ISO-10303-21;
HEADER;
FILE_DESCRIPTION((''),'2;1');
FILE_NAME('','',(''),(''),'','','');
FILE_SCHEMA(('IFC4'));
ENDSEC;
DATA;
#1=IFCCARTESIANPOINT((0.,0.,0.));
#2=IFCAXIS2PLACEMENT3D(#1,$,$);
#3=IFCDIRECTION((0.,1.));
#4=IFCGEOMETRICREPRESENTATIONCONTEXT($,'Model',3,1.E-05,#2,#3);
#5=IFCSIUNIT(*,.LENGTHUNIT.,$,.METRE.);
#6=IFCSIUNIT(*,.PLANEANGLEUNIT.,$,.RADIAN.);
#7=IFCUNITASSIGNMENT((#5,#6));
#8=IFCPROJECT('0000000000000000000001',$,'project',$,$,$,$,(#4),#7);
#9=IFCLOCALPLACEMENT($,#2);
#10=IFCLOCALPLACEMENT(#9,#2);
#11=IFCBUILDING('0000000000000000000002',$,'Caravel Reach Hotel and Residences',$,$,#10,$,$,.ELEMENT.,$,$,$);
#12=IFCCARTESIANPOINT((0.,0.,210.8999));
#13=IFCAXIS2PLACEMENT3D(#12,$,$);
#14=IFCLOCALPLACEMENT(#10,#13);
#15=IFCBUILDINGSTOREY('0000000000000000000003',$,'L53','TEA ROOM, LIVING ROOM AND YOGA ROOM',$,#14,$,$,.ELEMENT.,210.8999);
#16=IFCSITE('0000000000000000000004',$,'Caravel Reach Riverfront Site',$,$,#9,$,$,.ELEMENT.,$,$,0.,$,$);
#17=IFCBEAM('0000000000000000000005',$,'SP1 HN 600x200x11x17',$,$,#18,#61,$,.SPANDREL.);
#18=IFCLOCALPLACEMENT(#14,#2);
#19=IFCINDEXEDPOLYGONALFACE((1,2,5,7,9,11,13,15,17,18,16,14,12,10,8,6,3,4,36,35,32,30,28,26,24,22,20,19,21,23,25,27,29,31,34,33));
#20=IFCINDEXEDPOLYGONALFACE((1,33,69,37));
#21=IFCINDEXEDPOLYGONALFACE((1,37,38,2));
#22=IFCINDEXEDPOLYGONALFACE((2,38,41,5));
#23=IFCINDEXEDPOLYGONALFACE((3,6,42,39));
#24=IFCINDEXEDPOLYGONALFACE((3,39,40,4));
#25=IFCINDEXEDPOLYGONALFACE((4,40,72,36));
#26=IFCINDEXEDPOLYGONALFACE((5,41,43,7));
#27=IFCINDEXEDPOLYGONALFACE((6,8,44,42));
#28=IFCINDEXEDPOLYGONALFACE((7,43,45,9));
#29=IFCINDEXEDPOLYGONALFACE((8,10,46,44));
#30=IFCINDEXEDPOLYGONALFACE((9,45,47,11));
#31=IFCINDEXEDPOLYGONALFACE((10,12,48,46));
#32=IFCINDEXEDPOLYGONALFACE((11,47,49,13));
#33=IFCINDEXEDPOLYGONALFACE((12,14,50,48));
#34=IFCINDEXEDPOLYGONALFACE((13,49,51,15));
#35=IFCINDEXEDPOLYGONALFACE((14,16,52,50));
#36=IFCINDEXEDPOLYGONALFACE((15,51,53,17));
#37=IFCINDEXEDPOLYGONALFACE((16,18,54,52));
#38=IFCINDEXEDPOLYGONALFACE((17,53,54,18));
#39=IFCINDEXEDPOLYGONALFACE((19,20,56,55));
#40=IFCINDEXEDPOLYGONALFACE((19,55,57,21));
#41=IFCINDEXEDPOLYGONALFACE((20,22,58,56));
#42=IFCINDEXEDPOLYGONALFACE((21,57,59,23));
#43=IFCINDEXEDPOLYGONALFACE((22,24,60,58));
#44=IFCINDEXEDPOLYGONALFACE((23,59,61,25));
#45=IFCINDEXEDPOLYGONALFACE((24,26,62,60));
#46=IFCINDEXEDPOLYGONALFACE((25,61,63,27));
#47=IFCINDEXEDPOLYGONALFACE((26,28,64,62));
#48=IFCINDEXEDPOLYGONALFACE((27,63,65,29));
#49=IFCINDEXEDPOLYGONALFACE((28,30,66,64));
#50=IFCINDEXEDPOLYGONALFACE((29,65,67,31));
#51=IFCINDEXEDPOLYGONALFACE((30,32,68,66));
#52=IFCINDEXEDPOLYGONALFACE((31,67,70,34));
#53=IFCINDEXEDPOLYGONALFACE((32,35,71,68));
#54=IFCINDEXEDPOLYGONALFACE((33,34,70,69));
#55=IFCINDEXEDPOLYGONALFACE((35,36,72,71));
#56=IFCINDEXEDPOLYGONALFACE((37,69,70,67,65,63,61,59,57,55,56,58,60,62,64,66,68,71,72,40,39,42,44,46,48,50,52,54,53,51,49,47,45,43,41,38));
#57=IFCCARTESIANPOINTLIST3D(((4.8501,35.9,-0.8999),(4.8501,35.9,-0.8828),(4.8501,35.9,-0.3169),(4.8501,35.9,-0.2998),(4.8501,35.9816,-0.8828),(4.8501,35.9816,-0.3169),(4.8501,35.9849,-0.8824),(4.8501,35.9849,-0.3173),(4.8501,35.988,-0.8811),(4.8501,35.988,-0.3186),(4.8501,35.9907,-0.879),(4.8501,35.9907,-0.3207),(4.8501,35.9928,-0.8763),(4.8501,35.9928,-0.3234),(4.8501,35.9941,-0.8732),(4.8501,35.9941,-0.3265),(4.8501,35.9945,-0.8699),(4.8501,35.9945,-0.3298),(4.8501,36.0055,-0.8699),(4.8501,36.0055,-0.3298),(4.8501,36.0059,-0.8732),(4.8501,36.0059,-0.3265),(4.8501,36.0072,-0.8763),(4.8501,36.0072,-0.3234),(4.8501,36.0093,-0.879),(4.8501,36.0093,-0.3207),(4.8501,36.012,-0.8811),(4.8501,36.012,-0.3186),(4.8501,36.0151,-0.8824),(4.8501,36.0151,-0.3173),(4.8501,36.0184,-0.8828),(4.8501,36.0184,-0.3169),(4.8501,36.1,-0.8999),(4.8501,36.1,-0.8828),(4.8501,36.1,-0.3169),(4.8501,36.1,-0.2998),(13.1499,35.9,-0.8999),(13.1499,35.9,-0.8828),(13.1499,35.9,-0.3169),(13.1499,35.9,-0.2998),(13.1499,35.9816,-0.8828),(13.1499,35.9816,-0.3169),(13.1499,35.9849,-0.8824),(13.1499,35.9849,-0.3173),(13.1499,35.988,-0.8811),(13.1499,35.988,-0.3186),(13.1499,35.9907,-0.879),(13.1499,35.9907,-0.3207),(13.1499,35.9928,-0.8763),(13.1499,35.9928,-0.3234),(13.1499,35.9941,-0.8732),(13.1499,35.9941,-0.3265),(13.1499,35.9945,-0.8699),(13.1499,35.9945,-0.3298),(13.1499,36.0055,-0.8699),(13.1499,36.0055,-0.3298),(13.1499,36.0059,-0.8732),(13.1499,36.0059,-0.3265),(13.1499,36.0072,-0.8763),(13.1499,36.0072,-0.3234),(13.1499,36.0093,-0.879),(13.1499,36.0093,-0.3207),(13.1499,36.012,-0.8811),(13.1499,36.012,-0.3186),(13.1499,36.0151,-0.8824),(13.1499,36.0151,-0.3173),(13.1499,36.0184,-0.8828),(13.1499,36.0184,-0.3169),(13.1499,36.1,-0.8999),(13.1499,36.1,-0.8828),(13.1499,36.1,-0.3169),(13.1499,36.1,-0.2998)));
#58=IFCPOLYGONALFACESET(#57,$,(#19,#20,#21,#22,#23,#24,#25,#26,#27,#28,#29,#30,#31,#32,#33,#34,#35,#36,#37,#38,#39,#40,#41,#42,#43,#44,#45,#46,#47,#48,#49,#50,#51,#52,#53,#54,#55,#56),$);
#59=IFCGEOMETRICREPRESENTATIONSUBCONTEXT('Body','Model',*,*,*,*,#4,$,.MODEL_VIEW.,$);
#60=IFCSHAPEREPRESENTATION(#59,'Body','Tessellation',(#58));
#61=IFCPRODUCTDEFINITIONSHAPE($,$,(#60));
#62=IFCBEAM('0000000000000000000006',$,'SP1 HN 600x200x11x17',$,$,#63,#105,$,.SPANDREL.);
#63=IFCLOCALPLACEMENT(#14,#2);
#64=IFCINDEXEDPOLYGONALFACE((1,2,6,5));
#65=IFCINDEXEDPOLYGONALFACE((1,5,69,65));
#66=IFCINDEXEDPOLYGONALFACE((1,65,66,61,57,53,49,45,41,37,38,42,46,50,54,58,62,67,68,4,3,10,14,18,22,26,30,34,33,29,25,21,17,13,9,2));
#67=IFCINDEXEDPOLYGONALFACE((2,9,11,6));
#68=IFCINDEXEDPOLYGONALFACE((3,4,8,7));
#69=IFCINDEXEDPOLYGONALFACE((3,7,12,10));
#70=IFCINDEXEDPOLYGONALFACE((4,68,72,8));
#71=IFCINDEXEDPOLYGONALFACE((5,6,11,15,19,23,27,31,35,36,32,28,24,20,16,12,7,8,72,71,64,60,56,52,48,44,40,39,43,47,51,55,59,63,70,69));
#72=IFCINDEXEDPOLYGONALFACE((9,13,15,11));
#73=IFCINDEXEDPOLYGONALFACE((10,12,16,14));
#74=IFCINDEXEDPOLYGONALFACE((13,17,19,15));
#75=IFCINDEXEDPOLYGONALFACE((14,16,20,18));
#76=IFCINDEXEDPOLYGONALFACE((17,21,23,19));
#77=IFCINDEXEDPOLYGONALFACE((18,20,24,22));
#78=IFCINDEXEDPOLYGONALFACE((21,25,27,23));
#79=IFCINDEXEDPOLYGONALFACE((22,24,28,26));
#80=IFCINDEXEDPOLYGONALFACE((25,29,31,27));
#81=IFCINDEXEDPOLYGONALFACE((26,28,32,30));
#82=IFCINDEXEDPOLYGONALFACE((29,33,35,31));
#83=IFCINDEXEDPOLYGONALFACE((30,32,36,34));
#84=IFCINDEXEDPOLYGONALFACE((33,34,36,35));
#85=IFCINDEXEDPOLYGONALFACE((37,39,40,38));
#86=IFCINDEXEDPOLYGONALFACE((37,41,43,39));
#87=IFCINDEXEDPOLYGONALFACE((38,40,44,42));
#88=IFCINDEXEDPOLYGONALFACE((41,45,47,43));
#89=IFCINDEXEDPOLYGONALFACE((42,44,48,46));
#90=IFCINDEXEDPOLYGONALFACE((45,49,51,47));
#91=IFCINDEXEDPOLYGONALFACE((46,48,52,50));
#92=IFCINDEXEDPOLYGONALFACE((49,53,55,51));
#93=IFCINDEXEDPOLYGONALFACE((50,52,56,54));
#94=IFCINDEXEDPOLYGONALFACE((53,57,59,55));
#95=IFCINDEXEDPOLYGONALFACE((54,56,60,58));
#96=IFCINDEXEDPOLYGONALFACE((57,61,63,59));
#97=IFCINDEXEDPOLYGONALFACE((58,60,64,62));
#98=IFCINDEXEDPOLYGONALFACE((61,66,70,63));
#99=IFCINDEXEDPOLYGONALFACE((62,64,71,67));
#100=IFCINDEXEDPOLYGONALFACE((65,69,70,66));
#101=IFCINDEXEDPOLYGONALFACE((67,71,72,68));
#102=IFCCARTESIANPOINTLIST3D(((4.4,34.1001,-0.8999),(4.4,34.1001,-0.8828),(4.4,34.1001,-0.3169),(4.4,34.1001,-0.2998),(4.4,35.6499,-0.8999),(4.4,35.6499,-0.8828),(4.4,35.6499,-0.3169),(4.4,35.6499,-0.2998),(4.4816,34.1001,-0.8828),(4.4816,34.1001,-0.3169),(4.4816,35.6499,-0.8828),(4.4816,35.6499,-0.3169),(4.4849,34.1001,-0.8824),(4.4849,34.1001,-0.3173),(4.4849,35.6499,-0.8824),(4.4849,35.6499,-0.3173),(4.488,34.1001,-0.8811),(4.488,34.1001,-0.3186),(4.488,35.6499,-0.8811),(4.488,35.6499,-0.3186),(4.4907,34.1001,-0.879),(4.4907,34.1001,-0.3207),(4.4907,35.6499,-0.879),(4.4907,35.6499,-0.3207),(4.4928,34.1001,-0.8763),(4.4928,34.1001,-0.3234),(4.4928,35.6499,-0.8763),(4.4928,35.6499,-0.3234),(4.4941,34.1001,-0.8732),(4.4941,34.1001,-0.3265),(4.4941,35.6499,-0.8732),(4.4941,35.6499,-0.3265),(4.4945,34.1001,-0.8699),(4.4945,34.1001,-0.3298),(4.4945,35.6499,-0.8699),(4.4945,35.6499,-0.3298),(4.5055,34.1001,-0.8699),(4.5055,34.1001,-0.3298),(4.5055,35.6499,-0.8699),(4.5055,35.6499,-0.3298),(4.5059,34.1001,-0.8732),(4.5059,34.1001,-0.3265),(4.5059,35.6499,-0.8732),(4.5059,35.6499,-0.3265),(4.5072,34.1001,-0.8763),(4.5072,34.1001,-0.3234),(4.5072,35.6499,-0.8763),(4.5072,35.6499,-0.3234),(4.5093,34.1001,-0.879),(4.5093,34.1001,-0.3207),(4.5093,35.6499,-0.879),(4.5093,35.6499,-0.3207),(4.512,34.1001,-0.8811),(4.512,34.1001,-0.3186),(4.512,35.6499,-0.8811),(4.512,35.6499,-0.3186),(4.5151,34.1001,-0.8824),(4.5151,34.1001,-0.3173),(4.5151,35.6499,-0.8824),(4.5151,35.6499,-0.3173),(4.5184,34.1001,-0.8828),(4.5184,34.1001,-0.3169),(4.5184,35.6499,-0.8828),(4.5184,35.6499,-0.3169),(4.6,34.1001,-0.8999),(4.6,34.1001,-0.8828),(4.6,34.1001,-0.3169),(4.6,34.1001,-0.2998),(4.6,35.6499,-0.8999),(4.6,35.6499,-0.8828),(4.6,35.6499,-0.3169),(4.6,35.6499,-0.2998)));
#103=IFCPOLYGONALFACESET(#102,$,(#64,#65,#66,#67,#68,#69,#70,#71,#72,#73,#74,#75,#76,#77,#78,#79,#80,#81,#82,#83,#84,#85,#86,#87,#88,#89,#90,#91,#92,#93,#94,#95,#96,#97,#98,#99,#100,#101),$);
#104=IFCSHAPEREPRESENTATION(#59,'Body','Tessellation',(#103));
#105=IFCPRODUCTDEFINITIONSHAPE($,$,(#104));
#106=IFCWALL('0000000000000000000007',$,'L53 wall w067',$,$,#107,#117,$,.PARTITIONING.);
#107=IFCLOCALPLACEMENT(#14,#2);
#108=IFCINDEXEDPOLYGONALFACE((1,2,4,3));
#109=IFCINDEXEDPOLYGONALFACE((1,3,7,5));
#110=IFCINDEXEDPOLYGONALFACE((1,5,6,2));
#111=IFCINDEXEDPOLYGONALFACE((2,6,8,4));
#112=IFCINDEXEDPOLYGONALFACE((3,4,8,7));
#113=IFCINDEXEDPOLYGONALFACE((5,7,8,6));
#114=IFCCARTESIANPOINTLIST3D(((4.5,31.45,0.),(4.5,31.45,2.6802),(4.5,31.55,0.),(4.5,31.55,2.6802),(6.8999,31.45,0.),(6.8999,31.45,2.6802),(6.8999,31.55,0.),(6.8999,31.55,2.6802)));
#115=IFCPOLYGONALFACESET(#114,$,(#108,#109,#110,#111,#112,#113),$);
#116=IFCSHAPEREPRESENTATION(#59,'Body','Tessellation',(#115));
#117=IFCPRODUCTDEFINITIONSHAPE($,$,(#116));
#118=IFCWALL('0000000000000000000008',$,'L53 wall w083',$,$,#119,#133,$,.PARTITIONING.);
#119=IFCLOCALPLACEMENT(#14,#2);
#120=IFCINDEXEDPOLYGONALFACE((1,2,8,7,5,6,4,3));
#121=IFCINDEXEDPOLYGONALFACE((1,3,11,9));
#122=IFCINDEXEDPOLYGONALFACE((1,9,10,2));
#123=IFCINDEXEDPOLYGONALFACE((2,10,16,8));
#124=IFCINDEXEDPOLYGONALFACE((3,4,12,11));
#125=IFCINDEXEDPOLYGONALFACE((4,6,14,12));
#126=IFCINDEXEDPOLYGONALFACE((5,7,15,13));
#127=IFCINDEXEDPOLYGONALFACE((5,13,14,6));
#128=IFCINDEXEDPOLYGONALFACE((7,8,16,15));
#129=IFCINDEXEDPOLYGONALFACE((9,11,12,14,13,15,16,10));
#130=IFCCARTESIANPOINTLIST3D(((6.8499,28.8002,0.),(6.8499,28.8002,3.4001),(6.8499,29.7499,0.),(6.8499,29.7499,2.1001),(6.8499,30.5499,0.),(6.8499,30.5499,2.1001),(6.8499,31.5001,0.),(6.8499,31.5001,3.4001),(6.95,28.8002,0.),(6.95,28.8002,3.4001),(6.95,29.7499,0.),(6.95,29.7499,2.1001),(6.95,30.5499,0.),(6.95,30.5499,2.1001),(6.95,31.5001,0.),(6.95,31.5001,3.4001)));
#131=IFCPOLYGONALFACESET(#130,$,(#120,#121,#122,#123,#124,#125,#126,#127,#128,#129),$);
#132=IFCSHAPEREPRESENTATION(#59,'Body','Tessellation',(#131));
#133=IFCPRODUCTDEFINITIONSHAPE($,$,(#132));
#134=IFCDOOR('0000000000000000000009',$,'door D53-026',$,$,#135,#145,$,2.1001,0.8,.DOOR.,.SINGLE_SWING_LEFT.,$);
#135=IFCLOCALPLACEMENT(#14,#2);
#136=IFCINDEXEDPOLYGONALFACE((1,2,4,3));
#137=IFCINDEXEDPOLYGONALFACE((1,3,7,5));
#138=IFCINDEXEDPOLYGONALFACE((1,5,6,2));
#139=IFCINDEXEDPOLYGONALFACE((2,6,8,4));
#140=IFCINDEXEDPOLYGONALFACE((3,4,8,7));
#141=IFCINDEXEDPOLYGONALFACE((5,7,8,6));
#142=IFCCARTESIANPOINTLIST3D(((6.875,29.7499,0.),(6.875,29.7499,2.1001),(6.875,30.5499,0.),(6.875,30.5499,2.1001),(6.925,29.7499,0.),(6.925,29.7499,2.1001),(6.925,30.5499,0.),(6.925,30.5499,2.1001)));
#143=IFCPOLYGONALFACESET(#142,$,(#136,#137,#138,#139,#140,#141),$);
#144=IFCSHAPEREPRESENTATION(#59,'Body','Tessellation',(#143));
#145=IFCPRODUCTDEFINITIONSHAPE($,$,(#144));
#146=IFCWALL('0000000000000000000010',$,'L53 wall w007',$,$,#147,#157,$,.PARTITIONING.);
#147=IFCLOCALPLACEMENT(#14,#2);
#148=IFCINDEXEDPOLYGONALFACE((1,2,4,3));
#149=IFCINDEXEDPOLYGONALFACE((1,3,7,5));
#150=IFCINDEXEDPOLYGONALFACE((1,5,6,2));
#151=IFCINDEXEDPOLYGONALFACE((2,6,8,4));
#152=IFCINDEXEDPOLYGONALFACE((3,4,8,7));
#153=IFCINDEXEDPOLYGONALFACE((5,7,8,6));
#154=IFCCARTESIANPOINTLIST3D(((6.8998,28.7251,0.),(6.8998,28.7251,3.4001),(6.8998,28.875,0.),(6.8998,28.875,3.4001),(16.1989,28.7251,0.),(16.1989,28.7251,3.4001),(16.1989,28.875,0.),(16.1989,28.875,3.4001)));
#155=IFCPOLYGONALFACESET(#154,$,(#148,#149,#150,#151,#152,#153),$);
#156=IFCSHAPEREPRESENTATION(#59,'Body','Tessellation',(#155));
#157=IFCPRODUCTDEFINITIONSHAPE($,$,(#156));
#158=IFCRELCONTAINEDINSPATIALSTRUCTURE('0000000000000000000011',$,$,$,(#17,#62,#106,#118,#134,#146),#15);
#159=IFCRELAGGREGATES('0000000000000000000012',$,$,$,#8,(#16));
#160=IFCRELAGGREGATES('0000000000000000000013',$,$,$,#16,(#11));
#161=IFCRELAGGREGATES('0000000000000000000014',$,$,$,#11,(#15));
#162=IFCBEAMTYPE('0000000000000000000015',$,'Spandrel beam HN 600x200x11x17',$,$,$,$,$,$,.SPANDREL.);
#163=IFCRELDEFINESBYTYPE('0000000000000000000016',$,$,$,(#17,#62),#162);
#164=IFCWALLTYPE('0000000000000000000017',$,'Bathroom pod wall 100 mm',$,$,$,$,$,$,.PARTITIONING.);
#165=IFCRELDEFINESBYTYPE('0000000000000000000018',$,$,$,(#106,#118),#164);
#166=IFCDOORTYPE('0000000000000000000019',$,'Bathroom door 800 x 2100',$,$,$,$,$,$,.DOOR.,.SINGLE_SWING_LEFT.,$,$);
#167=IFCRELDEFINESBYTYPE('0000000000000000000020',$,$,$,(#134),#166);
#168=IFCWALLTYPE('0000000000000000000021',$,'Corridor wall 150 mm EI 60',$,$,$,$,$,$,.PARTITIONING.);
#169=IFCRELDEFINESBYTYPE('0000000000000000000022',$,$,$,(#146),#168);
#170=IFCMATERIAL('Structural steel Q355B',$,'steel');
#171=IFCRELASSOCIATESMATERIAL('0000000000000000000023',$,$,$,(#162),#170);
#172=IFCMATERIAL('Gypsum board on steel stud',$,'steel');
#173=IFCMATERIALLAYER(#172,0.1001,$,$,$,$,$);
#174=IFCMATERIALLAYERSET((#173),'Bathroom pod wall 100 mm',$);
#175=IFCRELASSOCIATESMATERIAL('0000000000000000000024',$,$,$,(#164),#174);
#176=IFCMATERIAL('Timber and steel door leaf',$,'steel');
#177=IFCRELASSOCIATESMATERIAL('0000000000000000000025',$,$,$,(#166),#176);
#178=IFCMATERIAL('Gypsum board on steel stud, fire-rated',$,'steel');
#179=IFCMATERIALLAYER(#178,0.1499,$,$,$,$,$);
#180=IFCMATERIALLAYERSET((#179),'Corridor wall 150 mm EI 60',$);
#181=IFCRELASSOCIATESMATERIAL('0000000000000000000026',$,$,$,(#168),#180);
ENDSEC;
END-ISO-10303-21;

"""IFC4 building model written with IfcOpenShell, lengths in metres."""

from ifc_helpers import new_model, si_unit, direction, frame, frame_2d, origin, origin_2d, place, context, subcontext, project, spatial, rectangle, i_section, extrude, material, layer, layer_set, material_profile, profile_set, type_object, element, fill, save


model = new_model("IFC4")

# Units and contexts
model_context = context("Model", 3, precision=1e-05, world=origin(), true_north=direction((0.0, 1.0)))
body_context = subcontext(model_context, "Body", "Model", "MODEL_VIEW")
ifc_project = project(units=[si_unit("LENGTHUNIT", "METRE"), si_unit("PLANEANGLEUNIT", "RADIAN")], contexts=[model_context])

# Site, building, storey
site_placement = place(None, origin())
site = spatial("IfcSite", under=ifc_project, at=site_placement, Name="Caravel Reach Riverfront Site", CompositionType="ELEMENT", RefElevation=0.0)
building_placement = place(site_placement, origin())
building = spatial("IfcBuilding", under=site, at=building_placement, Name="Caravel Reach Hotel and Residences", CompositionType="ELEMENT")
storey_placement = place(building_placement, frame((0.0, 0.0, 210.8999)))
storey = spatial("IfcBuildingStorey", under=building, at=storey_placement, Name="L53", Description="TEA ROOM, LIVING ROOM AND YOGA ROOM", CompositionType="ELEMENT", Elevation=210.8999)

# Beams
ifc_material_1 = material(Name="Structural steel Q355B", Category="steel")
ifc_material_profile_1 = material_profile(ifc_material_1, i_section(OverallWidth=0.2, OverallDepth=0.6001, WebThickness=0.011, FlangeThickness=0.0171, FilletRadius=0.0129, at=origin_2d()), Name="HN 600x200x11x17")
ifc_profile_set_1 = profile_set([ifc_material_profile_1], Name="Structural steel Q355B")
beam_type_1 = type_object("IfcBeamType", Name="Spandrel beam HN 600x200x11x17", PredefinedType="SPANDREL", material=ifc_profile_set_1)
beam_1_placement = place(storey_placement, frame((13.1499, 36.0, -0.5999), z_axis=(-1.0, 0.0, 0.0), x_axis=(0.0, -1.0, 0.0)))
element("IfcBeam", 1, at=beam_1_placement, inside=storey, type_object=beam_type_1, Name="SP1 HN 600x200x11x17", PredefinedType="SPANDREL", context=body_context, shape_type="SweptSolid", body=[
    extrude(i_section(OverallWidth=0.2, OverallDepth=0.6001, WebThickness=0.011, FlangeThickness=0.0171, FilletRadius=0.0129, at=origin_2d()), origin(), (0.0, 0.0, 1.0), 8.2998),
])
beam_2_placement = place(storey_placement, frame((4.5, 35.6499, -0.5999), z_axis=(0.0, -1.0, 0.0), x_axis=(1.0, 0.0, 0.0)))
element("IfcBeam", 2, at=beam_2_placement, inside=storey, type_object=beam_type_1, Name="SP1 HN 600x200x11x17", PredefinedType="SPANDREL", context=body_context, shape_type="SweptSolid", body=[
    extrude(i_section(OverallWidth=0.2, OverallDepth=0.6001, WebThickness=0.011, FlangeThickness=0.0171, FilletRadius=0.0129, at=origin_2d()), origin(), (0.0, 0.0, 1.0), 1.5498),
])

# Wall
ifc_material_2 = material(Name="Gypsum board on steel stud", Category="steel")
ifc_layer_1 = layer(ifc_material_2, 0.1001)
ifc_layer_set_1 = layer_set([ifc_layer_1], Name="Bathroom pod wall 100 mm")
wall_type_1 = type_object("IfcWallType", Name="Bathroom pod wall 100 mm", PredefinedType="PARTITIONING", material=ifc_layer_set_1)
wall_1_placement = place(storey_placement, frame((4.5, 31.5, 0.0), z_axis=(0.0, 0.0, 1.0), x_axis=(1.0, 0.0, 0.0)))
element("IfcWall", 3, at=wall_1_placement, inside=storey, type_object=wall_type_1, Name="L53 wall w067", PredefinedType="PARTITIONING", context=body_context, shape_type="SweptSolid", body=[
    extrude(rectangle(XDim=2.3999, YDim=0.1001, at=frame_2d((1.2, 0.0))), origin(), (0.0, 0.0, 1.0), 2.6802),
])

# Wall, opening, door
wall_2_placement = place(storey_placement, frame((6.8999, 28.8, 0.0), z_axis=(0.0, 0.0, 1.0), x_axis=(0.0, 1.0, 0.0)))
wall_2 = element("IfcWall", 4, at=wall_2_placement, inside=storey, type_object=wall_type_1, Name="L53 wall w083", PredefinedType="PARTITIONING", context=body_context, shape_type="SweptSolid", body=[
    extrude(rectangle(XDim=2.7, YDim=0.1001, at=frame_2d((1.3501, 0.0))), origin(), (0.0, 0.0, 1.0), 3.4001),
])
opening_1_placement = place(wall_2_placement, frame((0.95, 0.0, 0.0)))
opening_1 = element("IfcOpeningElement", 5, at=opening_1_placement, cuts=wall_2, PredefinedType="OPENING", context=body_context, shape_type="SweptSolid", body=[
    extrude(rectangle(XDim=0.8, YDim=2.1001, at=frame_2d((0.3999, 1.05))), frame((0.0, 0.0601, 0.0), z_axis=(0.0, -1.0, 0.0), x_axis=(1.0, 0.0, 0.0)), (0.0, 0.0, 1.0), 0.1201),
])
ifc_material_3 = material(Name="Timber and steel door leaf", Category="steel")
door_type_1 = type_object("IfcDoorType", Name="Bathroom door 800 x 2100", OperationType="SINGLE_SWING_LEFT", PredefinedType="DOOR", material=ifc_material_3)
door_1_placement = place(opening_1_placement, origin())
door_1 = element("IfcDoor", 6, at=door_1_placement, inside=storey, type_object=door_type_1, Name="door D53-026", OperationType="SINGLE_SWING_LEFT", OverallHeight=2.1001, OverallWidth=0.8, PredefinedType="DOOR", context=body_context, shape_type="SweptSolid", body=[
    extrude(rectangle(XDim=0.8, YDim=2.1001, at=frame_2d((0.3999, 1.05))), frame((0.0, 0.0249, 0.0), z_axis=(0.0, -1.0, 0.0), x_axis=(1.0, 0.0, 0.0)), (0.0, 0.0, 1.0), 0.05),
])
fill(opening_1, door_1)

# Wall
ifc_material_4 = material(Name="Gypsum board on steel stud, fire-rated", Category="steel")
ifc_layer_2 = layer(ifc_material_4, 0.1499)
ifc_layer_set_2 = layer_set([ifc_layer_2], Name="Corridor wall 150 mm EI 60")
wall_type_2 = type_object("IfcWallType", Name="Corridor wall 150 mm EI 60", PredefinedType="PARTITIONING", material=ifc_layer_set_2)
wall_3_placement = place(storey_placement, frame((6.8999, 28.8, 0.0), z_axis=(0.0, 0.0, 1.0), x_axis=(1.0, 0.0, 0.0)))
element("IfcWall", 7, at=wall_3_placement, inside=storey, type_object=wall_type_2, Name="L53 wall w007", PredefinedType="PARTITIONING", context=body_context, shape_type="SweptSolid", body=[
    extrude(rectangle(XDim=9.2991, YDim=0.1499, at=frame_2d((4.6494, 0.0))), origin(), (0.0, 0.0, 1.0), 3.4001),
])

save(model, "model.ifc")
